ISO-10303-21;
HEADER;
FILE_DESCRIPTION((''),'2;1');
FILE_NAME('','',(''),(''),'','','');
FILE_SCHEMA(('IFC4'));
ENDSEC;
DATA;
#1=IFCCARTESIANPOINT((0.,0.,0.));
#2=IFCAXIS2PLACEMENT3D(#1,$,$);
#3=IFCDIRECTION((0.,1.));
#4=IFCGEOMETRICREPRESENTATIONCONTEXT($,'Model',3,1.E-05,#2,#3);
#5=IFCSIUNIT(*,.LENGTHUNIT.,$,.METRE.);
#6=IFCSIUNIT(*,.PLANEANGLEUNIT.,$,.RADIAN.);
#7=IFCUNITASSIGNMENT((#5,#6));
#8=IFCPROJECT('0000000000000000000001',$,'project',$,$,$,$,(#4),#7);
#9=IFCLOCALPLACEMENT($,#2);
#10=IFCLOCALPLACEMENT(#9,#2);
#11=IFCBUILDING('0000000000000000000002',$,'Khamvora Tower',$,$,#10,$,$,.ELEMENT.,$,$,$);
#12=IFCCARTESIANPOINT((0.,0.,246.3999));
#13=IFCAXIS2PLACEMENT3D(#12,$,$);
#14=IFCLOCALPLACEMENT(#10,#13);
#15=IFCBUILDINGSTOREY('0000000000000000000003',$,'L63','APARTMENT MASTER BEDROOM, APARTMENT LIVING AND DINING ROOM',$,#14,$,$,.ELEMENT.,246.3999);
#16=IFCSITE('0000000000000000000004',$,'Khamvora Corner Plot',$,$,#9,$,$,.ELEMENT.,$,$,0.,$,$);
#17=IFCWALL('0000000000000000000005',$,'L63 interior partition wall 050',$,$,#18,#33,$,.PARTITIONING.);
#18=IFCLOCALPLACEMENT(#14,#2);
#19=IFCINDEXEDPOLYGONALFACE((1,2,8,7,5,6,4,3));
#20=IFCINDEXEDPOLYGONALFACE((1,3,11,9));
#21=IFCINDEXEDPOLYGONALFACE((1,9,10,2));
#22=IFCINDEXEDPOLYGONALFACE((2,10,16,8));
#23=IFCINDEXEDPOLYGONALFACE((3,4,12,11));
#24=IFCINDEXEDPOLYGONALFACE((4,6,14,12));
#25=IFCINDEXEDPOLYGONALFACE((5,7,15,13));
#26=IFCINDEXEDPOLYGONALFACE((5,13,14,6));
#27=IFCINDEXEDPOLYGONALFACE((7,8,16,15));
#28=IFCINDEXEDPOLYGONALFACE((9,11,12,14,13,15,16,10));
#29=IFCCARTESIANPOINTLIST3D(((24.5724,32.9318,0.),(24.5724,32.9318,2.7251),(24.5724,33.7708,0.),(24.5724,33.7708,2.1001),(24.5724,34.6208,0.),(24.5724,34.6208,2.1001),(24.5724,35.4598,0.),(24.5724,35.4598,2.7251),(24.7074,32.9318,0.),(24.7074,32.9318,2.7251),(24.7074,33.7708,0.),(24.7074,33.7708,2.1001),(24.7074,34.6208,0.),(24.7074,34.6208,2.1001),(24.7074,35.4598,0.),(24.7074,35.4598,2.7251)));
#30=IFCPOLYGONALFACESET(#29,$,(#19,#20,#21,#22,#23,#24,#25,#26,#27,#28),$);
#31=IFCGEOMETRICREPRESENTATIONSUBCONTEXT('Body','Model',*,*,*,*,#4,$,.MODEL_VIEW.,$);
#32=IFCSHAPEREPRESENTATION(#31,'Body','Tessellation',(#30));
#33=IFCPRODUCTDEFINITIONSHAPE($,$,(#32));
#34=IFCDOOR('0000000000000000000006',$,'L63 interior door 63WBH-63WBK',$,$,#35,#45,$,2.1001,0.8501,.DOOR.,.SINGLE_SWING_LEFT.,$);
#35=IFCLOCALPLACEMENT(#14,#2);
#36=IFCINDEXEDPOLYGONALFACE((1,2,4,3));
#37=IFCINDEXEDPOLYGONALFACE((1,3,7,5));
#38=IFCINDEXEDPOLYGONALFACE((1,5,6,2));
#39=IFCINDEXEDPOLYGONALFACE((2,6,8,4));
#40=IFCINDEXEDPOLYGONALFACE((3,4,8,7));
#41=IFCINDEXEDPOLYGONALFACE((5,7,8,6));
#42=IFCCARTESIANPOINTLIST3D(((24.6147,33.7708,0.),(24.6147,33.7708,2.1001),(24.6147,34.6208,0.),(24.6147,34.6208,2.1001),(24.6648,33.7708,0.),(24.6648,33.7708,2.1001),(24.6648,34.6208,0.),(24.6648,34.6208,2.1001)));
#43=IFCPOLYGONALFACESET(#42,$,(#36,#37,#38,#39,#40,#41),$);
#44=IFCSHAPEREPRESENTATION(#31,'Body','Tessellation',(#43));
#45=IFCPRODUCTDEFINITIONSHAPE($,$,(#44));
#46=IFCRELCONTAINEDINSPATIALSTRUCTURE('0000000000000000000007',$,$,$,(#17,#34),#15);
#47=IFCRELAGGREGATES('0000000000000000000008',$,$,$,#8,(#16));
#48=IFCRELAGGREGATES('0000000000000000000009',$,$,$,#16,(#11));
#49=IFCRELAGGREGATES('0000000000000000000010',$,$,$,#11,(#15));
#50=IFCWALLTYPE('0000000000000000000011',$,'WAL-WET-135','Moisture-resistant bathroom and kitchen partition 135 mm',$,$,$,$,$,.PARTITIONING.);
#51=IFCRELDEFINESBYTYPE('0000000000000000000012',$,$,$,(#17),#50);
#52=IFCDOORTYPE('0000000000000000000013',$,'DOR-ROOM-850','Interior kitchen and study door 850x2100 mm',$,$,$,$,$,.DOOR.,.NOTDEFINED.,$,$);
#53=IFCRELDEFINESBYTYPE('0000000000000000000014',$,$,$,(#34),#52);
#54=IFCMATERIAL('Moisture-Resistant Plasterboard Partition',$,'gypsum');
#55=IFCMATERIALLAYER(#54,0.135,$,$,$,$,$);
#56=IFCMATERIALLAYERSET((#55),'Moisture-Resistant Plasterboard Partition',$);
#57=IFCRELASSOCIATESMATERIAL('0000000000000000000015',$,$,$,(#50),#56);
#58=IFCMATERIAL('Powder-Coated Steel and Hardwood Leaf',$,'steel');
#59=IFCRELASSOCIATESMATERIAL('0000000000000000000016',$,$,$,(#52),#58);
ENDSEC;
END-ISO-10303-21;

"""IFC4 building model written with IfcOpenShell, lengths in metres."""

from ifc_helpers import new_model, si_unit, direction, frame, frame_2d, origin, place, context, subcontext, project, spatial, rectangle, extrude, material, layer, layer_set, type_object, element, fill, save


model = new_model("IFC4")

# Units and contexts
model_context = context("Model", 3, precision=1e-05, world=origin(), true_north=direction((0.0, 1.0)))
body_context = subcontext(model_context, "Body", "Model", "MODEL_VIEW")
ifc_project = project(units=[si_unit("LENGTHUNIT", "METRE"), si_unit("PLANEANGLEUNIT", "RADIAN")], contexts=[model_context])

# Site, building, storey
site_placement = place(None, origin())
site = spatial("IfcSite", under=ifc_project, at=site_placement, Name="Khamvora Corner Plot", CompositionType="ELEMENT", RefElevation=0.0)
building_placement = place(site_placement, origin())
building = spatial("IfcBuilding", under=site, at=building_placement, Name="Khamvora Tower", CompositionType="ELEMENT")
storey_placement = place(building_placement, frame((0.0, 0.0, 246.3999)))
storey = spatial("IfcBuildingStorey", under=building, at=storey_placement, Name="L63", Description="APARTMENT MASTER BEDROOM, APARTMENT LIVING AND DINING ROOM", CompositionType="ELEMENT", Elevation=246.3999)

# Shared definitions
ifc_material_1 = material(Name="Powder-Coated Steel and Hardwood Leaf", Category="steel")

# Shared definitions
ifc_material_2 = material(Name="Moisture-Resistant Plasterboard Partition", Category="gypsum")
ifc_layer_1 = layer(ifc_material_2, 0.135)
ifc_layer_set_1 = layer_set([ifc_layer_1], Name="Moisture-Resistant Plasterboard Partition")
wall_type_1 = type_object("IfcWallType", Name="WAL-WET-135", Description="Moisture-resistant bathroom and kitchen partition 135 mm", PredefinedType="PARTITIONING", material=ifc_layer_set_1)

# Wall, opening, door
wall_1_placement = place(storey_placement, frame((24.6399, 35.46, 0.0), z_axis=(0.0, 0.0, 1.0), x_axis=(0.0, -1.0, 0.0)))
wall_1 = element("IfcWall", 1, at=wall_1_placement, inside=storey, type_object=wall_type_1, Name="L63 interior partition wall 050", PredefinedType="PARTITIONING", context=body_context, shape_type="SweptSolid", body=[
    extrude(rectangle(XDim=2.5281, YDim=0.135, at=frame_2d((1.2642, 0.0))), origin(), (0.0, 0.0, 1.0), 2.7251),
])
opening_1_placement = place(wall_1_placement, frame((0.8391, 0.0, 0.0)))
opening_1 = element("IfcOpeningElement", 2, at=opening_1_placement, cuts=wall_1, PredefinedType="OPENING", context=body_context, shape_type="SweptSolid", body=[
    extrude(rectangle(XDim=0.8501, YDim=2.1001, at=frame_2d((0.425, 1.05))), frame((0.0, 0.0774, 0.0), z_axis=(0.0, -1.0, 0.0), x_axis=(1.0, 0.0, 0.0)), (0.0, 0.0, 1.0), 0.155),
])
door_type_1 = type_object("IfcDoorType", Name="DOR-ROOM-850", Description="Interior kitchen and study door 850x2100 mm", OperationType="NOTDEFINED", PredefinedType="DOOR", material=ifc_material_1)
door_1_placement = place(opening_1_placement, origin())
door_1 = element("IfcDoor", 3, at=door_1_placement, inside=storey, type_object=door_type_1, Name="L63 interior door 63WBH-63WBK", OperationType="SINGLE_SWING_LEFT", OverallHeight=2.1001, OverallWidth=0.8501, PredefinedType="DOOR", context=body_context, shape_type="SweptSolid", body=[
    extrude(rectangle(XDim=0.8501, YDim=2.1001, at=frame_2d((0.425, 1.05))), frame((0.0, 0.0249, 0.0), z_axis=(0.0, -1.0, 0.0), x_axis=(1.0, 0.0, 0.0)), (0.0, 0.0, 1.0), 0.05),
])
fill(opening_1, door_1)

save(model, "model.ifc")
